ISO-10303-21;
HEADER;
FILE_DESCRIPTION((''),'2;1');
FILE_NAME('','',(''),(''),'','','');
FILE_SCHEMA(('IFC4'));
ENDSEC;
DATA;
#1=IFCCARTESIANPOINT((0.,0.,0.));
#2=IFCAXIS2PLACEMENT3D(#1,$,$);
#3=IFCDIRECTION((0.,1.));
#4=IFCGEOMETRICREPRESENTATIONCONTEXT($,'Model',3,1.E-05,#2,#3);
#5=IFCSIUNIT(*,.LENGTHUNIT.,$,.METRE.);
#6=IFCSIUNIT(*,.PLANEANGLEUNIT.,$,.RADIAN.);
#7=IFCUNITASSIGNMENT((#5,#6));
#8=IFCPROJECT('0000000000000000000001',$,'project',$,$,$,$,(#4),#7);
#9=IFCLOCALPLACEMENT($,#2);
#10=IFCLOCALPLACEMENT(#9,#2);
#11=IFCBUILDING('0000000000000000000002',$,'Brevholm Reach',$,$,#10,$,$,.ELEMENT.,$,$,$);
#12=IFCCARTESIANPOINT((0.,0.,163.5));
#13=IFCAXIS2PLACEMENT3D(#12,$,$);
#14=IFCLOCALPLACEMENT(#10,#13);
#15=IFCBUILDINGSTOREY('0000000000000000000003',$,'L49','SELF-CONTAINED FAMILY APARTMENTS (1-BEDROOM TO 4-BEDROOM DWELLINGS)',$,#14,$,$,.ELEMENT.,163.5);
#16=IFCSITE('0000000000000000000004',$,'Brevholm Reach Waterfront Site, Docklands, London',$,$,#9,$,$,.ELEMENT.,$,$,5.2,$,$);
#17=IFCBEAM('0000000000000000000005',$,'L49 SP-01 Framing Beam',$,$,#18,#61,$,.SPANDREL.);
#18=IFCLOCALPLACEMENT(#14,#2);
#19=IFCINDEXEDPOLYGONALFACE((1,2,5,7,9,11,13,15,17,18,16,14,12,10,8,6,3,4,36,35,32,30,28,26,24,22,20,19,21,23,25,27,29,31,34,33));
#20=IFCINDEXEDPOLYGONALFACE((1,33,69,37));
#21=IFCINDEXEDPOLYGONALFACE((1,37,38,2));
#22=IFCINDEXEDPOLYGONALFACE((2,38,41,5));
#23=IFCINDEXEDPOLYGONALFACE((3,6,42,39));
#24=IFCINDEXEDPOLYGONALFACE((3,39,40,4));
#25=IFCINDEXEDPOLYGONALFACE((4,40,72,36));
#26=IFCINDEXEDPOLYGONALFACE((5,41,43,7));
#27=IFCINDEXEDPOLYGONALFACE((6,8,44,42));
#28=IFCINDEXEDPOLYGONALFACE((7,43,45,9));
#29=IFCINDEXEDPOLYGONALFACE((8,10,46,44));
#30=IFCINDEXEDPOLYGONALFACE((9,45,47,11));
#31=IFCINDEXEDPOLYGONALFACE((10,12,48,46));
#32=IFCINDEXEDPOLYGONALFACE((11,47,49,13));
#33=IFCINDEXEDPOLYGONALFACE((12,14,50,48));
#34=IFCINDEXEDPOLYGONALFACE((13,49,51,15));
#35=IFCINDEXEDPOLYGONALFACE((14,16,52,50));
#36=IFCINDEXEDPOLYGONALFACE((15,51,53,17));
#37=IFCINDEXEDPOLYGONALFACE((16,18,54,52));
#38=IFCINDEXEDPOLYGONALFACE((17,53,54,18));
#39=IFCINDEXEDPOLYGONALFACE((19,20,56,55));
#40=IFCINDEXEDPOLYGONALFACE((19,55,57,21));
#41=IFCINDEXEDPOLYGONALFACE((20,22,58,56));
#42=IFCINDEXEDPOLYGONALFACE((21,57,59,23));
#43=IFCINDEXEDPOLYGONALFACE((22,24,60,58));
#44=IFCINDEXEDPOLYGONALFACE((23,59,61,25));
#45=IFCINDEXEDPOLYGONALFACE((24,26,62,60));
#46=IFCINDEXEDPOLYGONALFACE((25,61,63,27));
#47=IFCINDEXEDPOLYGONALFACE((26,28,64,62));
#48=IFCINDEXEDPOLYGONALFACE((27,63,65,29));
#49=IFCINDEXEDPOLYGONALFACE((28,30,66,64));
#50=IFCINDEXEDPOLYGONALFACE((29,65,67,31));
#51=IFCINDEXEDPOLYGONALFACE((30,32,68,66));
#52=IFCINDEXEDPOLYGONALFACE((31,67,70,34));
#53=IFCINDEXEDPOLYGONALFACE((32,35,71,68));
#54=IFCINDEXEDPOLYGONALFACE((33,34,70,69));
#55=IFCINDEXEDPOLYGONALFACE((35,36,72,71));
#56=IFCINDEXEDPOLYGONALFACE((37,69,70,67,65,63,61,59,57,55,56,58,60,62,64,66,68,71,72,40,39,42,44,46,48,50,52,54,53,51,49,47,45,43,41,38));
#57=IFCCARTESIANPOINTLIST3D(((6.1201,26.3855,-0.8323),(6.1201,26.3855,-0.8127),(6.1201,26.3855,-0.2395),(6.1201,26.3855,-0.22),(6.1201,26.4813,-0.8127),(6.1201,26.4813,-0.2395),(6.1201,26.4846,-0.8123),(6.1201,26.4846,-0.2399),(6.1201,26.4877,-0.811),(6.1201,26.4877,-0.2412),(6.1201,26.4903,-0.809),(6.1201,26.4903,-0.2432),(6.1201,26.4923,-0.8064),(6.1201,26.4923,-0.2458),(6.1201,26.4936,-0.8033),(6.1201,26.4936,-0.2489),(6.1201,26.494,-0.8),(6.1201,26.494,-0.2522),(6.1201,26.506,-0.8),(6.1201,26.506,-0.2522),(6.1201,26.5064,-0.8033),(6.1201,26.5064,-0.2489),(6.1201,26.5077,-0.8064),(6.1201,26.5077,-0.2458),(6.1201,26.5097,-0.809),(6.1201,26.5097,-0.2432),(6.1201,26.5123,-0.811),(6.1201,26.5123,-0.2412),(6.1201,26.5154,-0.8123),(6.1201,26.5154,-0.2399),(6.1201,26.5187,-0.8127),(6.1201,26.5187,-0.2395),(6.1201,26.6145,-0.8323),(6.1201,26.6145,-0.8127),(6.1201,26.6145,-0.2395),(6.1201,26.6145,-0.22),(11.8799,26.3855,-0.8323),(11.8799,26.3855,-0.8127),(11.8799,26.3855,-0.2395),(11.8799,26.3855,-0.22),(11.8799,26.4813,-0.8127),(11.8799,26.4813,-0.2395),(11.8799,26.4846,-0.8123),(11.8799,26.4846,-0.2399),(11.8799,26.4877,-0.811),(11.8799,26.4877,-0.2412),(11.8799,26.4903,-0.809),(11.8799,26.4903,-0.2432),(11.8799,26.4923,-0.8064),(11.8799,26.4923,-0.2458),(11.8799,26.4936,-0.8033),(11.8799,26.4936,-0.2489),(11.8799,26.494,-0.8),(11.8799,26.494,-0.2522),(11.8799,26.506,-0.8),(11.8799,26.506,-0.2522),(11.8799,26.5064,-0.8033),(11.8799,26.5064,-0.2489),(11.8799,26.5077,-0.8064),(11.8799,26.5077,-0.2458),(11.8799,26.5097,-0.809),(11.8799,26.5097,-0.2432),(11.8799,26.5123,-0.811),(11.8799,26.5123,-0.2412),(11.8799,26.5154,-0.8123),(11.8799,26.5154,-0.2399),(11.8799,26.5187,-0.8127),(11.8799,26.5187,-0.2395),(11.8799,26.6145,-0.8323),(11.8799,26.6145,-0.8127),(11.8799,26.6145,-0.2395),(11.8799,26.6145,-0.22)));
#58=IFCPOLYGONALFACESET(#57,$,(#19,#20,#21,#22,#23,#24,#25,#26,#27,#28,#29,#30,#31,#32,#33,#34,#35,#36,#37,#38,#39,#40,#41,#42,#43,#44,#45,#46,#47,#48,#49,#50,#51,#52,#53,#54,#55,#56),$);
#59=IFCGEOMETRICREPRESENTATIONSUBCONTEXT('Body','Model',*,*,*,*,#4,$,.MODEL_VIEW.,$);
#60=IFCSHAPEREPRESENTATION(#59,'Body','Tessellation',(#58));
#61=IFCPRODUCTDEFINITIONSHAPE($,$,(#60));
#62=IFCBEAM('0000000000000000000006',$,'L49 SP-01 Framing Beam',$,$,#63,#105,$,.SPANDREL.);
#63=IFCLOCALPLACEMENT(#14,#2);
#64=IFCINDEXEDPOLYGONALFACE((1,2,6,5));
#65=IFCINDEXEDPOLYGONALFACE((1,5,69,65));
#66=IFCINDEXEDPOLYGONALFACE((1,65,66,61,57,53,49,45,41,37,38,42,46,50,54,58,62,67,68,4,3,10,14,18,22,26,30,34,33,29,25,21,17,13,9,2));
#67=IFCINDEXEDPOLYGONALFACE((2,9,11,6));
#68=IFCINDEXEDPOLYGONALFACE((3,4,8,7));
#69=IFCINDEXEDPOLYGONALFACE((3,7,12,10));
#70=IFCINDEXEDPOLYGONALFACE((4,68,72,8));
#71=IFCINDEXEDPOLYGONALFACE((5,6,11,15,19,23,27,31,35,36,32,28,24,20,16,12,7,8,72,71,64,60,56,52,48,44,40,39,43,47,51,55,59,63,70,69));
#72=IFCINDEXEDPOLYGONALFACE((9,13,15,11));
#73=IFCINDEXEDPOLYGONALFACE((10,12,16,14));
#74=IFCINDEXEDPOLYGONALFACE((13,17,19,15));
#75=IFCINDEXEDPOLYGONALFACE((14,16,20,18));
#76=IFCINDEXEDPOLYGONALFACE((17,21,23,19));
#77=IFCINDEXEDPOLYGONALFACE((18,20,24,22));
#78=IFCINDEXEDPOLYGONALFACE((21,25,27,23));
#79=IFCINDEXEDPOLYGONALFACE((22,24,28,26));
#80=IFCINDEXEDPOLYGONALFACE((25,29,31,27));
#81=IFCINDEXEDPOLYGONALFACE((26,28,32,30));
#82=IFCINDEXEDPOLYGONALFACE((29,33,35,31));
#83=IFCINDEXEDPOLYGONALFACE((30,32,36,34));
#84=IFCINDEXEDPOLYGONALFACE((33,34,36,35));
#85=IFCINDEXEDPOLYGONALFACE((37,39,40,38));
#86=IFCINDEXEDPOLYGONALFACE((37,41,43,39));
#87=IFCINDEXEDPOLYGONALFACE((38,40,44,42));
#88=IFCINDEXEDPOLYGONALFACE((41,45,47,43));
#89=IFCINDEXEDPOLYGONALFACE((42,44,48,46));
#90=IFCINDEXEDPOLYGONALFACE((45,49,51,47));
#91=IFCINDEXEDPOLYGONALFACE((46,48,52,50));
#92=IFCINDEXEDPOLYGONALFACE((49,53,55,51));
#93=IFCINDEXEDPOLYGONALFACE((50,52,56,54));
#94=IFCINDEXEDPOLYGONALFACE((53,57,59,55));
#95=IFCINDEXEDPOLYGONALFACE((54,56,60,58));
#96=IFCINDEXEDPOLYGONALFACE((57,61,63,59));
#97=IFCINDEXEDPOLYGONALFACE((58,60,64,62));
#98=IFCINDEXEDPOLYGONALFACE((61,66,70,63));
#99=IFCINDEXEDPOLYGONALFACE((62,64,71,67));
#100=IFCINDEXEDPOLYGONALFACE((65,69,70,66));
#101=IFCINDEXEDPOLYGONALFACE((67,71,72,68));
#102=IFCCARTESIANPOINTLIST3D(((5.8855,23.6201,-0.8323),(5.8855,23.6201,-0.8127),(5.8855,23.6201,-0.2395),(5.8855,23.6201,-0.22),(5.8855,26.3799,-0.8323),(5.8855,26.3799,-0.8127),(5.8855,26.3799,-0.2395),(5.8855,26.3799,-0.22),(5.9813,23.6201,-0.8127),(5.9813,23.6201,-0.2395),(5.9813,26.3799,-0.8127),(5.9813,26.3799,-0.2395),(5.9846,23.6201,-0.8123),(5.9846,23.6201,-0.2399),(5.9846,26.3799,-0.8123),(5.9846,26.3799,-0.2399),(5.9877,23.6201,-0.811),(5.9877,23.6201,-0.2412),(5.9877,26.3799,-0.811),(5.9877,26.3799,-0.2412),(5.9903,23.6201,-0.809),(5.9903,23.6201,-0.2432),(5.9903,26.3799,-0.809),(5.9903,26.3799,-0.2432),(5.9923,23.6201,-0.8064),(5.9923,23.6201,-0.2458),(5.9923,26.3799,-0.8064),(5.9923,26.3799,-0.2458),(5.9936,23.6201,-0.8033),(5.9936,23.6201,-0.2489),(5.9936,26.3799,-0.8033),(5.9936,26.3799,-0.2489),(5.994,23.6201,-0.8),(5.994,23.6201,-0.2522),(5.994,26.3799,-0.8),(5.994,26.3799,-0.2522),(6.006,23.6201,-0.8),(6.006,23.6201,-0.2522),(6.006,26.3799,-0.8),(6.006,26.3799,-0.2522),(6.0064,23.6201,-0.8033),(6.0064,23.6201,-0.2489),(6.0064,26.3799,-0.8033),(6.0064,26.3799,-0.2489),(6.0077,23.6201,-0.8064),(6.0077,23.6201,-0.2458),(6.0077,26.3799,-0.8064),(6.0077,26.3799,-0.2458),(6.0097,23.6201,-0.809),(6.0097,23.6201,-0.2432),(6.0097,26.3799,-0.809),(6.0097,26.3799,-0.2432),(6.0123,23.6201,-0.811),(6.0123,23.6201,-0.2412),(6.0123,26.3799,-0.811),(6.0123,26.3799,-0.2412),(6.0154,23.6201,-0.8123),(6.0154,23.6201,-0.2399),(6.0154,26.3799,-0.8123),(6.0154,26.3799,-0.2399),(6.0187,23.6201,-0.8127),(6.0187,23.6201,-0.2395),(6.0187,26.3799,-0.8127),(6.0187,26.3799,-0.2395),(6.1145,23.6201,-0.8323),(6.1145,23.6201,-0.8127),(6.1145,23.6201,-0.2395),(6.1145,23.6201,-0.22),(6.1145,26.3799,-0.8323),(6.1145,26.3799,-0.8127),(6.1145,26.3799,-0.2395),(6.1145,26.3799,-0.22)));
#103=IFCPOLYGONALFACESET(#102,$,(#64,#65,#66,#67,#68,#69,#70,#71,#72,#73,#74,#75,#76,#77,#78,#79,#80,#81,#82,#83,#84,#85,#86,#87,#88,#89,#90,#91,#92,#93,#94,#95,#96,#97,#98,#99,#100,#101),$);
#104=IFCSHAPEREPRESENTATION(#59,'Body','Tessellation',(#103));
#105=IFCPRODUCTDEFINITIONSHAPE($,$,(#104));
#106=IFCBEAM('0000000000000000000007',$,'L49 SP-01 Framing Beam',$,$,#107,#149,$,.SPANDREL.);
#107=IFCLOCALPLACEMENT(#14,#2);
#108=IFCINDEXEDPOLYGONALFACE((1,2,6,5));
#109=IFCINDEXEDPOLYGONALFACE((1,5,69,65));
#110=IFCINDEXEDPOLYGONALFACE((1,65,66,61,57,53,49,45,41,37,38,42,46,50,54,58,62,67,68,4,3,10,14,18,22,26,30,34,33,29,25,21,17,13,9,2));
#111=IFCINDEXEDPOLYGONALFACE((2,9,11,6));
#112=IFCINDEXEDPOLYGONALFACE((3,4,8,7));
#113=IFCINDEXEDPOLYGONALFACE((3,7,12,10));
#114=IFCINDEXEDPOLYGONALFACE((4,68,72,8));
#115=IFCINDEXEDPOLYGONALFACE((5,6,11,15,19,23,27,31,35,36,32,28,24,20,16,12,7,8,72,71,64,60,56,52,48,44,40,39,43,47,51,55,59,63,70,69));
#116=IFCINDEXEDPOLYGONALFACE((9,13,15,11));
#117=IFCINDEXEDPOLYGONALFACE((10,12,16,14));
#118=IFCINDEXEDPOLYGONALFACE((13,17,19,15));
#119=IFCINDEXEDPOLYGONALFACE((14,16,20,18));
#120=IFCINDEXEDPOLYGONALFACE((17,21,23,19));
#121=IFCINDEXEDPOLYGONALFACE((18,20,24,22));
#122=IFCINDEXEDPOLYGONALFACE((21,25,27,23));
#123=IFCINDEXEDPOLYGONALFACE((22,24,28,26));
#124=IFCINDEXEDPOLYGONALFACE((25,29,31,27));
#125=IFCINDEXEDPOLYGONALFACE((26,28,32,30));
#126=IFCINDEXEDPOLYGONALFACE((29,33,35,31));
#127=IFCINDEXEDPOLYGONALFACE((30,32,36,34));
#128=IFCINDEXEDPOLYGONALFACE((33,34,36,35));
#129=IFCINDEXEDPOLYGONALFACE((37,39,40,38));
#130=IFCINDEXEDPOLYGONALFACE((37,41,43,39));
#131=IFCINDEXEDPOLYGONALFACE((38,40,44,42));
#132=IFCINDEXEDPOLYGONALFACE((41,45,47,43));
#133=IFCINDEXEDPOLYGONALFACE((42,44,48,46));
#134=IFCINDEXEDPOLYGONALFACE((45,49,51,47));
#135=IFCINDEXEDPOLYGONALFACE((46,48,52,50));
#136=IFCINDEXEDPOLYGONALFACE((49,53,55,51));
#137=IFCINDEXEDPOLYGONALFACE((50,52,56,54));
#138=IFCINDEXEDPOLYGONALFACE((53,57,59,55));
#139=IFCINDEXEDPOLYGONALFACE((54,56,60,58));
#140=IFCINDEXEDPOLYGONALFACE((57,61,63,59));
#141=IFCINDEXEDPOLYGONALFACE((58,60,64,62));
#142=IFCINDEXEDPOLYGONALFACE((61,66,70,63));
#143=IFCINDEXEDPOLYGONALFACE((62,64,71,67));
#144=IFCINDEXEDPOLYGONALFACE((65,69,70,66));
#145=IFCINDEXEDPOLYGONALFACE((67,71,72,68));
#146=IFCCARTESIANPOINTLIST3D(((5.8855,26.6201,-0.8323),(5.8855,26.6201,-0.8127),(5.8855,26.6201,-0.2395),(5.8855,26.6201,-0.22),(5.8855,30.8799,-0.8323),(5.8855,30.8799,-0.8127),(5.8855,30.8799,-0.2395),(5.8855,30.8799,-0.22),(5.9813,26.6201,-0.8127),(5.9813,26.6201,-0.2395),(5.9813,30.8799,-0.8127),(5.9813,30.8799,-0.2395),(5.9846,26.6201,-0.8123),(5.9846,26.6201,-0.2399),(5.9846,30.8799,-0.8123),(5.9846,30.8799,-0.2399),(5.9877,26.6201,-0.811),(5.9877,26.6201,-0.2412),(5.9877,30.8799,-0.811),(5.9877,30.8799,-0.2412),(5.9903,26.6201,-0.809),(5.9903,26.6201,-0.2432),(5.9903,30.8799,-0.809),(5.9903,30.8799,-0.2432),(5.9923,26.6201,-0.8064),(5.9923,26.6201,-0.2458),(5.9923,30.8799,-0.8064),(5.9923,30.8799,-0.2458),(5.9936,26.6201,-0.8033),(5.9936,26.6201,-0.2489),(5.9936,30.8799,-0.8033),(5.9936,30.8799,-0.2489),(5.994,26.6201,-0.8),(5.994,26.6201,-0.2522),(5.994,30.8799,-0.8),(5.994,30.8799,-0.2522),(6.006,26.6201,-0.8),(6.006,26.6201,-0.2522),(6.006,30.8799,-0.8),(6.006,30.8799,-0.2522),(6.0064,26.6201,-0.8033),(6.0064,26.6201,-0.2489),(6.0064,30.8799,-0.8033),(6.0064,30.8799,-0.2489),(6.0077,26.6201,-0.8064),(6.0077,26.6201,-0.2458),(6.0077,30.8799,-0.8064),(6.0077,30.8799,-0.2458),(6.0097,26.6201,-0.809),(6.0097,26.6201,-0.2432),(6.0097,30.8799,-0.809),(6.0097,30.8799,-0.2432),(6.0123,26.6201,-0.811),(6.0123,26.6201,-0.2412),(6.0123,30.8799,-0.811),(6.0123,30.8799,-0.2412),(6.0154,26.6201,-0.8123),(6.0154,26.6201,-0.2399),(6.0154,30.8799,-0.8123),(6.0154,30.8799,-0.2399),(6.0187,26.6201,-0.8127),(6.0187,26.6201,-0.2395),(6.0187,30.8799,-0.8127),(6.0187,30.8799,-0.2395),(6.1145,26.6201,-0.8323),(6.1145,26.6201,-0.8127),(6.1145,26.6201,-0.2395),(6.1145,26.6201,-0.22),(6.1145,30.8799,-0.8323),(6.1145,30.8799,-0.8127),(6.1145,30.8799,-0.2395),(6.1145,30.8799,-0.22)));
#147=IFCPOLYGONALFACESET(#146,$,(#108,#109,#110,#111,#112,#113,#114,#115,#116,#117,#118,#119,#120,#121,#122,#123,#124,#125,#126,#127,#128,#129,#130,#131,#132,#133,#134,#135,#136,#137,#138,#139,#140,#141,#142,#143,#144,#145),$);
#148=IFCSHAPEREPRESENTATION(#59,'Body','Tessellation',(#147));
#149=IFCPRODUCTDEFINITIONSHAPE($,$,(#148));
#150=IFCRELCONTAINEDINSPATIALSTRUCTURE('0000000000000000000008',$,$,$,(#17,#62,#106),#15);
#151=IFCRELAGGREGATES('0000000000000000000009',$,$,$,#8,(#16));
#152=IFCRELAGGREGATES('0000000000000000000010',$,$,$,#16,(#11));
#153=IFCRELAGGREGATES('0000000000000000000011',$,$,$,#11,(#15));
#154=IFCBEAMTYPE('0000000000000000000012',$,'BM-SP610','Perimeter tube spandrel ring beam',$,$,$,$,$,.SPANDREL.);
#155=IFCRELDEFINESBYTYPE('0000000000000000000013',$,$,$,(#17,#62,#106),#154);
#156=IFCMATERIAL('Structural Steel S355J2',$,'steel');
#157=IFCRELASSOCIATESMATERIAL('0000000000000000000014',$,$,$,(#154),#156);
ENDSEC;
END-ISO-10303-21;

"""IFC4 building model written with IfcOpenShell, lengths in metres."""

from ifc_helpers import new_model, si_unit, direction, frame, origin, origin_2d, place, context, subcontext, project, spatial, i_section, extrude, material, material_profile, profile_set, type_object, element, save


model = new_model("IFC4")

# Units and contexts
model_context = context("Model", 3, precision=1e-05, world=origin(), true_north=direction((0.0, 1.0)))
body_context = subcontext(model_context, "Body", "Model", "MODEL_VIEW")
ifc_project = project(units=[si_unit("LENGTHUNIT", "METRE"), si_unit("PLANEANGLEUNIT", "RADIAN")], contexts=[model_context])

# Site, building, storey
site_placement = place(None, origin())
site = spatial("IfcSite", under=ifc_project, at=site_placement, Name="Brevholm Reach Waterfront Site, Docklands, London", CompositionType="ELEMENT", RefElevation=5.2)
building_placement = place(site_placement, origin())
building = spatial("IfcBuilding", under=site, at=building_placement, Name="Brevholm Reach", CompositionType="ELEMENT")
storey_placement = place(building_placement, frame((0.0, 0.0, 163.5)))
storey = spatial("IfcBuildingStorey", under=building, at=storey_placement, Name="L49", Description="SELF-CONTAINED FAMILY APARTMENTS (1-BEDROOM TO 4-BEDROOM DWELLINGS)", CompositionType="ELEMENT", Elevation=163.5)

# Beams
ifc_material_1 = material(Name="Structural Steel S355J2", Category="steel")
ifc_material_profile_1 = material_profile(ifc_material_1, i_section(OverallWidth=0.229, OverallDepth=0.6123, WebThickness=0.012, FlangeThickness=0.0195, FilletRadius=0.0127, at=origin_2d()), Name="UKB 610x229x125")
ifc_profile_set_1 = profile_set([ifc_material_profile_1], Name="Structural Steel S355J2")
beam_type_1 = type_object("IfcBeamType", Name="BM-SP610", Description="Perimeter tube spandrel ring beam", PredefinedType="SPANDREL", material=ifc_profile_set_1)
for number, where, z_axis, x_axis, name in (
    (1, (6.1201, 26.5, -0.5261), (1.0, 0.0, 0.0), (0.0, 1.0, 0.0), "L49 SP-01 Framing Beam"),
):
    element("IfcBeam", number, at=place(storey_placement, frame(where, z_axis=z_axis, x_axis=x_axis)), inside=storey, type_object=beam_type_1, Name=name, PredefinedType="SPANDREL", context=body_context, shape_type="SweptSolid", body=[
        extrude(i_section(OverallWidth=0.229, OverallDepth=0.6123, WebThickness=0.012, FlangeThickness=0.0195, FilletRadius=0.0127, at=origin_2d()), origin(), (0.0, 0.0, 1.0), 5.7598),
    ])
beam_1_placement = place(storey_placement, frame((6.0, 23.6201, -0.5261), z_axis=(0.0, 1.0, 0.0), x_axis=(-1.0, 0.0, 0.0)))
element("IfcBeam", 2, at=beam_1_placement, inside=storey, type_object=beam_type_1, Name="L49 SP-01 Framing Beam", PredefinedType="SPANDREL", context=body_context, shape_type="SweptSolid", body=[
    extrude(i_section(OverallWidth=0.229, OverallDepth=0.6123, WebThickness=0.012, FlangeThickness=0.0195, FilletRadius=0.0127, at=origin_2d()), origin(), (0.0, 0.0, 1.0), 2.7598),
])
beam_2_placement = place(storey_placement, frame((6.0, 26.6201, -0.5261), z_axis=(0.0, 1.0, 0.0), x_axis=(-1.0, 0.0, 0.0)))
element("IfcBeam", 3, at=beam_2_placement, inside=storey, type_object=beam_type_1, Name="L49 SP-01 Framing Beam", PredefinedType="SPANDREL", context=body_context, shape_type="SweptSolid", body=[
    extrude(i_section(OverallWidth=0.229, OverallDepth=0.6123, WebThickness=0.012, FlangeThickness=0.0195, FilletRadius=0.0127, at=origin_2d()), origin(), (0.0, 0.0, 1.0), 4.2598),
])

save(model, "model.ifc")
